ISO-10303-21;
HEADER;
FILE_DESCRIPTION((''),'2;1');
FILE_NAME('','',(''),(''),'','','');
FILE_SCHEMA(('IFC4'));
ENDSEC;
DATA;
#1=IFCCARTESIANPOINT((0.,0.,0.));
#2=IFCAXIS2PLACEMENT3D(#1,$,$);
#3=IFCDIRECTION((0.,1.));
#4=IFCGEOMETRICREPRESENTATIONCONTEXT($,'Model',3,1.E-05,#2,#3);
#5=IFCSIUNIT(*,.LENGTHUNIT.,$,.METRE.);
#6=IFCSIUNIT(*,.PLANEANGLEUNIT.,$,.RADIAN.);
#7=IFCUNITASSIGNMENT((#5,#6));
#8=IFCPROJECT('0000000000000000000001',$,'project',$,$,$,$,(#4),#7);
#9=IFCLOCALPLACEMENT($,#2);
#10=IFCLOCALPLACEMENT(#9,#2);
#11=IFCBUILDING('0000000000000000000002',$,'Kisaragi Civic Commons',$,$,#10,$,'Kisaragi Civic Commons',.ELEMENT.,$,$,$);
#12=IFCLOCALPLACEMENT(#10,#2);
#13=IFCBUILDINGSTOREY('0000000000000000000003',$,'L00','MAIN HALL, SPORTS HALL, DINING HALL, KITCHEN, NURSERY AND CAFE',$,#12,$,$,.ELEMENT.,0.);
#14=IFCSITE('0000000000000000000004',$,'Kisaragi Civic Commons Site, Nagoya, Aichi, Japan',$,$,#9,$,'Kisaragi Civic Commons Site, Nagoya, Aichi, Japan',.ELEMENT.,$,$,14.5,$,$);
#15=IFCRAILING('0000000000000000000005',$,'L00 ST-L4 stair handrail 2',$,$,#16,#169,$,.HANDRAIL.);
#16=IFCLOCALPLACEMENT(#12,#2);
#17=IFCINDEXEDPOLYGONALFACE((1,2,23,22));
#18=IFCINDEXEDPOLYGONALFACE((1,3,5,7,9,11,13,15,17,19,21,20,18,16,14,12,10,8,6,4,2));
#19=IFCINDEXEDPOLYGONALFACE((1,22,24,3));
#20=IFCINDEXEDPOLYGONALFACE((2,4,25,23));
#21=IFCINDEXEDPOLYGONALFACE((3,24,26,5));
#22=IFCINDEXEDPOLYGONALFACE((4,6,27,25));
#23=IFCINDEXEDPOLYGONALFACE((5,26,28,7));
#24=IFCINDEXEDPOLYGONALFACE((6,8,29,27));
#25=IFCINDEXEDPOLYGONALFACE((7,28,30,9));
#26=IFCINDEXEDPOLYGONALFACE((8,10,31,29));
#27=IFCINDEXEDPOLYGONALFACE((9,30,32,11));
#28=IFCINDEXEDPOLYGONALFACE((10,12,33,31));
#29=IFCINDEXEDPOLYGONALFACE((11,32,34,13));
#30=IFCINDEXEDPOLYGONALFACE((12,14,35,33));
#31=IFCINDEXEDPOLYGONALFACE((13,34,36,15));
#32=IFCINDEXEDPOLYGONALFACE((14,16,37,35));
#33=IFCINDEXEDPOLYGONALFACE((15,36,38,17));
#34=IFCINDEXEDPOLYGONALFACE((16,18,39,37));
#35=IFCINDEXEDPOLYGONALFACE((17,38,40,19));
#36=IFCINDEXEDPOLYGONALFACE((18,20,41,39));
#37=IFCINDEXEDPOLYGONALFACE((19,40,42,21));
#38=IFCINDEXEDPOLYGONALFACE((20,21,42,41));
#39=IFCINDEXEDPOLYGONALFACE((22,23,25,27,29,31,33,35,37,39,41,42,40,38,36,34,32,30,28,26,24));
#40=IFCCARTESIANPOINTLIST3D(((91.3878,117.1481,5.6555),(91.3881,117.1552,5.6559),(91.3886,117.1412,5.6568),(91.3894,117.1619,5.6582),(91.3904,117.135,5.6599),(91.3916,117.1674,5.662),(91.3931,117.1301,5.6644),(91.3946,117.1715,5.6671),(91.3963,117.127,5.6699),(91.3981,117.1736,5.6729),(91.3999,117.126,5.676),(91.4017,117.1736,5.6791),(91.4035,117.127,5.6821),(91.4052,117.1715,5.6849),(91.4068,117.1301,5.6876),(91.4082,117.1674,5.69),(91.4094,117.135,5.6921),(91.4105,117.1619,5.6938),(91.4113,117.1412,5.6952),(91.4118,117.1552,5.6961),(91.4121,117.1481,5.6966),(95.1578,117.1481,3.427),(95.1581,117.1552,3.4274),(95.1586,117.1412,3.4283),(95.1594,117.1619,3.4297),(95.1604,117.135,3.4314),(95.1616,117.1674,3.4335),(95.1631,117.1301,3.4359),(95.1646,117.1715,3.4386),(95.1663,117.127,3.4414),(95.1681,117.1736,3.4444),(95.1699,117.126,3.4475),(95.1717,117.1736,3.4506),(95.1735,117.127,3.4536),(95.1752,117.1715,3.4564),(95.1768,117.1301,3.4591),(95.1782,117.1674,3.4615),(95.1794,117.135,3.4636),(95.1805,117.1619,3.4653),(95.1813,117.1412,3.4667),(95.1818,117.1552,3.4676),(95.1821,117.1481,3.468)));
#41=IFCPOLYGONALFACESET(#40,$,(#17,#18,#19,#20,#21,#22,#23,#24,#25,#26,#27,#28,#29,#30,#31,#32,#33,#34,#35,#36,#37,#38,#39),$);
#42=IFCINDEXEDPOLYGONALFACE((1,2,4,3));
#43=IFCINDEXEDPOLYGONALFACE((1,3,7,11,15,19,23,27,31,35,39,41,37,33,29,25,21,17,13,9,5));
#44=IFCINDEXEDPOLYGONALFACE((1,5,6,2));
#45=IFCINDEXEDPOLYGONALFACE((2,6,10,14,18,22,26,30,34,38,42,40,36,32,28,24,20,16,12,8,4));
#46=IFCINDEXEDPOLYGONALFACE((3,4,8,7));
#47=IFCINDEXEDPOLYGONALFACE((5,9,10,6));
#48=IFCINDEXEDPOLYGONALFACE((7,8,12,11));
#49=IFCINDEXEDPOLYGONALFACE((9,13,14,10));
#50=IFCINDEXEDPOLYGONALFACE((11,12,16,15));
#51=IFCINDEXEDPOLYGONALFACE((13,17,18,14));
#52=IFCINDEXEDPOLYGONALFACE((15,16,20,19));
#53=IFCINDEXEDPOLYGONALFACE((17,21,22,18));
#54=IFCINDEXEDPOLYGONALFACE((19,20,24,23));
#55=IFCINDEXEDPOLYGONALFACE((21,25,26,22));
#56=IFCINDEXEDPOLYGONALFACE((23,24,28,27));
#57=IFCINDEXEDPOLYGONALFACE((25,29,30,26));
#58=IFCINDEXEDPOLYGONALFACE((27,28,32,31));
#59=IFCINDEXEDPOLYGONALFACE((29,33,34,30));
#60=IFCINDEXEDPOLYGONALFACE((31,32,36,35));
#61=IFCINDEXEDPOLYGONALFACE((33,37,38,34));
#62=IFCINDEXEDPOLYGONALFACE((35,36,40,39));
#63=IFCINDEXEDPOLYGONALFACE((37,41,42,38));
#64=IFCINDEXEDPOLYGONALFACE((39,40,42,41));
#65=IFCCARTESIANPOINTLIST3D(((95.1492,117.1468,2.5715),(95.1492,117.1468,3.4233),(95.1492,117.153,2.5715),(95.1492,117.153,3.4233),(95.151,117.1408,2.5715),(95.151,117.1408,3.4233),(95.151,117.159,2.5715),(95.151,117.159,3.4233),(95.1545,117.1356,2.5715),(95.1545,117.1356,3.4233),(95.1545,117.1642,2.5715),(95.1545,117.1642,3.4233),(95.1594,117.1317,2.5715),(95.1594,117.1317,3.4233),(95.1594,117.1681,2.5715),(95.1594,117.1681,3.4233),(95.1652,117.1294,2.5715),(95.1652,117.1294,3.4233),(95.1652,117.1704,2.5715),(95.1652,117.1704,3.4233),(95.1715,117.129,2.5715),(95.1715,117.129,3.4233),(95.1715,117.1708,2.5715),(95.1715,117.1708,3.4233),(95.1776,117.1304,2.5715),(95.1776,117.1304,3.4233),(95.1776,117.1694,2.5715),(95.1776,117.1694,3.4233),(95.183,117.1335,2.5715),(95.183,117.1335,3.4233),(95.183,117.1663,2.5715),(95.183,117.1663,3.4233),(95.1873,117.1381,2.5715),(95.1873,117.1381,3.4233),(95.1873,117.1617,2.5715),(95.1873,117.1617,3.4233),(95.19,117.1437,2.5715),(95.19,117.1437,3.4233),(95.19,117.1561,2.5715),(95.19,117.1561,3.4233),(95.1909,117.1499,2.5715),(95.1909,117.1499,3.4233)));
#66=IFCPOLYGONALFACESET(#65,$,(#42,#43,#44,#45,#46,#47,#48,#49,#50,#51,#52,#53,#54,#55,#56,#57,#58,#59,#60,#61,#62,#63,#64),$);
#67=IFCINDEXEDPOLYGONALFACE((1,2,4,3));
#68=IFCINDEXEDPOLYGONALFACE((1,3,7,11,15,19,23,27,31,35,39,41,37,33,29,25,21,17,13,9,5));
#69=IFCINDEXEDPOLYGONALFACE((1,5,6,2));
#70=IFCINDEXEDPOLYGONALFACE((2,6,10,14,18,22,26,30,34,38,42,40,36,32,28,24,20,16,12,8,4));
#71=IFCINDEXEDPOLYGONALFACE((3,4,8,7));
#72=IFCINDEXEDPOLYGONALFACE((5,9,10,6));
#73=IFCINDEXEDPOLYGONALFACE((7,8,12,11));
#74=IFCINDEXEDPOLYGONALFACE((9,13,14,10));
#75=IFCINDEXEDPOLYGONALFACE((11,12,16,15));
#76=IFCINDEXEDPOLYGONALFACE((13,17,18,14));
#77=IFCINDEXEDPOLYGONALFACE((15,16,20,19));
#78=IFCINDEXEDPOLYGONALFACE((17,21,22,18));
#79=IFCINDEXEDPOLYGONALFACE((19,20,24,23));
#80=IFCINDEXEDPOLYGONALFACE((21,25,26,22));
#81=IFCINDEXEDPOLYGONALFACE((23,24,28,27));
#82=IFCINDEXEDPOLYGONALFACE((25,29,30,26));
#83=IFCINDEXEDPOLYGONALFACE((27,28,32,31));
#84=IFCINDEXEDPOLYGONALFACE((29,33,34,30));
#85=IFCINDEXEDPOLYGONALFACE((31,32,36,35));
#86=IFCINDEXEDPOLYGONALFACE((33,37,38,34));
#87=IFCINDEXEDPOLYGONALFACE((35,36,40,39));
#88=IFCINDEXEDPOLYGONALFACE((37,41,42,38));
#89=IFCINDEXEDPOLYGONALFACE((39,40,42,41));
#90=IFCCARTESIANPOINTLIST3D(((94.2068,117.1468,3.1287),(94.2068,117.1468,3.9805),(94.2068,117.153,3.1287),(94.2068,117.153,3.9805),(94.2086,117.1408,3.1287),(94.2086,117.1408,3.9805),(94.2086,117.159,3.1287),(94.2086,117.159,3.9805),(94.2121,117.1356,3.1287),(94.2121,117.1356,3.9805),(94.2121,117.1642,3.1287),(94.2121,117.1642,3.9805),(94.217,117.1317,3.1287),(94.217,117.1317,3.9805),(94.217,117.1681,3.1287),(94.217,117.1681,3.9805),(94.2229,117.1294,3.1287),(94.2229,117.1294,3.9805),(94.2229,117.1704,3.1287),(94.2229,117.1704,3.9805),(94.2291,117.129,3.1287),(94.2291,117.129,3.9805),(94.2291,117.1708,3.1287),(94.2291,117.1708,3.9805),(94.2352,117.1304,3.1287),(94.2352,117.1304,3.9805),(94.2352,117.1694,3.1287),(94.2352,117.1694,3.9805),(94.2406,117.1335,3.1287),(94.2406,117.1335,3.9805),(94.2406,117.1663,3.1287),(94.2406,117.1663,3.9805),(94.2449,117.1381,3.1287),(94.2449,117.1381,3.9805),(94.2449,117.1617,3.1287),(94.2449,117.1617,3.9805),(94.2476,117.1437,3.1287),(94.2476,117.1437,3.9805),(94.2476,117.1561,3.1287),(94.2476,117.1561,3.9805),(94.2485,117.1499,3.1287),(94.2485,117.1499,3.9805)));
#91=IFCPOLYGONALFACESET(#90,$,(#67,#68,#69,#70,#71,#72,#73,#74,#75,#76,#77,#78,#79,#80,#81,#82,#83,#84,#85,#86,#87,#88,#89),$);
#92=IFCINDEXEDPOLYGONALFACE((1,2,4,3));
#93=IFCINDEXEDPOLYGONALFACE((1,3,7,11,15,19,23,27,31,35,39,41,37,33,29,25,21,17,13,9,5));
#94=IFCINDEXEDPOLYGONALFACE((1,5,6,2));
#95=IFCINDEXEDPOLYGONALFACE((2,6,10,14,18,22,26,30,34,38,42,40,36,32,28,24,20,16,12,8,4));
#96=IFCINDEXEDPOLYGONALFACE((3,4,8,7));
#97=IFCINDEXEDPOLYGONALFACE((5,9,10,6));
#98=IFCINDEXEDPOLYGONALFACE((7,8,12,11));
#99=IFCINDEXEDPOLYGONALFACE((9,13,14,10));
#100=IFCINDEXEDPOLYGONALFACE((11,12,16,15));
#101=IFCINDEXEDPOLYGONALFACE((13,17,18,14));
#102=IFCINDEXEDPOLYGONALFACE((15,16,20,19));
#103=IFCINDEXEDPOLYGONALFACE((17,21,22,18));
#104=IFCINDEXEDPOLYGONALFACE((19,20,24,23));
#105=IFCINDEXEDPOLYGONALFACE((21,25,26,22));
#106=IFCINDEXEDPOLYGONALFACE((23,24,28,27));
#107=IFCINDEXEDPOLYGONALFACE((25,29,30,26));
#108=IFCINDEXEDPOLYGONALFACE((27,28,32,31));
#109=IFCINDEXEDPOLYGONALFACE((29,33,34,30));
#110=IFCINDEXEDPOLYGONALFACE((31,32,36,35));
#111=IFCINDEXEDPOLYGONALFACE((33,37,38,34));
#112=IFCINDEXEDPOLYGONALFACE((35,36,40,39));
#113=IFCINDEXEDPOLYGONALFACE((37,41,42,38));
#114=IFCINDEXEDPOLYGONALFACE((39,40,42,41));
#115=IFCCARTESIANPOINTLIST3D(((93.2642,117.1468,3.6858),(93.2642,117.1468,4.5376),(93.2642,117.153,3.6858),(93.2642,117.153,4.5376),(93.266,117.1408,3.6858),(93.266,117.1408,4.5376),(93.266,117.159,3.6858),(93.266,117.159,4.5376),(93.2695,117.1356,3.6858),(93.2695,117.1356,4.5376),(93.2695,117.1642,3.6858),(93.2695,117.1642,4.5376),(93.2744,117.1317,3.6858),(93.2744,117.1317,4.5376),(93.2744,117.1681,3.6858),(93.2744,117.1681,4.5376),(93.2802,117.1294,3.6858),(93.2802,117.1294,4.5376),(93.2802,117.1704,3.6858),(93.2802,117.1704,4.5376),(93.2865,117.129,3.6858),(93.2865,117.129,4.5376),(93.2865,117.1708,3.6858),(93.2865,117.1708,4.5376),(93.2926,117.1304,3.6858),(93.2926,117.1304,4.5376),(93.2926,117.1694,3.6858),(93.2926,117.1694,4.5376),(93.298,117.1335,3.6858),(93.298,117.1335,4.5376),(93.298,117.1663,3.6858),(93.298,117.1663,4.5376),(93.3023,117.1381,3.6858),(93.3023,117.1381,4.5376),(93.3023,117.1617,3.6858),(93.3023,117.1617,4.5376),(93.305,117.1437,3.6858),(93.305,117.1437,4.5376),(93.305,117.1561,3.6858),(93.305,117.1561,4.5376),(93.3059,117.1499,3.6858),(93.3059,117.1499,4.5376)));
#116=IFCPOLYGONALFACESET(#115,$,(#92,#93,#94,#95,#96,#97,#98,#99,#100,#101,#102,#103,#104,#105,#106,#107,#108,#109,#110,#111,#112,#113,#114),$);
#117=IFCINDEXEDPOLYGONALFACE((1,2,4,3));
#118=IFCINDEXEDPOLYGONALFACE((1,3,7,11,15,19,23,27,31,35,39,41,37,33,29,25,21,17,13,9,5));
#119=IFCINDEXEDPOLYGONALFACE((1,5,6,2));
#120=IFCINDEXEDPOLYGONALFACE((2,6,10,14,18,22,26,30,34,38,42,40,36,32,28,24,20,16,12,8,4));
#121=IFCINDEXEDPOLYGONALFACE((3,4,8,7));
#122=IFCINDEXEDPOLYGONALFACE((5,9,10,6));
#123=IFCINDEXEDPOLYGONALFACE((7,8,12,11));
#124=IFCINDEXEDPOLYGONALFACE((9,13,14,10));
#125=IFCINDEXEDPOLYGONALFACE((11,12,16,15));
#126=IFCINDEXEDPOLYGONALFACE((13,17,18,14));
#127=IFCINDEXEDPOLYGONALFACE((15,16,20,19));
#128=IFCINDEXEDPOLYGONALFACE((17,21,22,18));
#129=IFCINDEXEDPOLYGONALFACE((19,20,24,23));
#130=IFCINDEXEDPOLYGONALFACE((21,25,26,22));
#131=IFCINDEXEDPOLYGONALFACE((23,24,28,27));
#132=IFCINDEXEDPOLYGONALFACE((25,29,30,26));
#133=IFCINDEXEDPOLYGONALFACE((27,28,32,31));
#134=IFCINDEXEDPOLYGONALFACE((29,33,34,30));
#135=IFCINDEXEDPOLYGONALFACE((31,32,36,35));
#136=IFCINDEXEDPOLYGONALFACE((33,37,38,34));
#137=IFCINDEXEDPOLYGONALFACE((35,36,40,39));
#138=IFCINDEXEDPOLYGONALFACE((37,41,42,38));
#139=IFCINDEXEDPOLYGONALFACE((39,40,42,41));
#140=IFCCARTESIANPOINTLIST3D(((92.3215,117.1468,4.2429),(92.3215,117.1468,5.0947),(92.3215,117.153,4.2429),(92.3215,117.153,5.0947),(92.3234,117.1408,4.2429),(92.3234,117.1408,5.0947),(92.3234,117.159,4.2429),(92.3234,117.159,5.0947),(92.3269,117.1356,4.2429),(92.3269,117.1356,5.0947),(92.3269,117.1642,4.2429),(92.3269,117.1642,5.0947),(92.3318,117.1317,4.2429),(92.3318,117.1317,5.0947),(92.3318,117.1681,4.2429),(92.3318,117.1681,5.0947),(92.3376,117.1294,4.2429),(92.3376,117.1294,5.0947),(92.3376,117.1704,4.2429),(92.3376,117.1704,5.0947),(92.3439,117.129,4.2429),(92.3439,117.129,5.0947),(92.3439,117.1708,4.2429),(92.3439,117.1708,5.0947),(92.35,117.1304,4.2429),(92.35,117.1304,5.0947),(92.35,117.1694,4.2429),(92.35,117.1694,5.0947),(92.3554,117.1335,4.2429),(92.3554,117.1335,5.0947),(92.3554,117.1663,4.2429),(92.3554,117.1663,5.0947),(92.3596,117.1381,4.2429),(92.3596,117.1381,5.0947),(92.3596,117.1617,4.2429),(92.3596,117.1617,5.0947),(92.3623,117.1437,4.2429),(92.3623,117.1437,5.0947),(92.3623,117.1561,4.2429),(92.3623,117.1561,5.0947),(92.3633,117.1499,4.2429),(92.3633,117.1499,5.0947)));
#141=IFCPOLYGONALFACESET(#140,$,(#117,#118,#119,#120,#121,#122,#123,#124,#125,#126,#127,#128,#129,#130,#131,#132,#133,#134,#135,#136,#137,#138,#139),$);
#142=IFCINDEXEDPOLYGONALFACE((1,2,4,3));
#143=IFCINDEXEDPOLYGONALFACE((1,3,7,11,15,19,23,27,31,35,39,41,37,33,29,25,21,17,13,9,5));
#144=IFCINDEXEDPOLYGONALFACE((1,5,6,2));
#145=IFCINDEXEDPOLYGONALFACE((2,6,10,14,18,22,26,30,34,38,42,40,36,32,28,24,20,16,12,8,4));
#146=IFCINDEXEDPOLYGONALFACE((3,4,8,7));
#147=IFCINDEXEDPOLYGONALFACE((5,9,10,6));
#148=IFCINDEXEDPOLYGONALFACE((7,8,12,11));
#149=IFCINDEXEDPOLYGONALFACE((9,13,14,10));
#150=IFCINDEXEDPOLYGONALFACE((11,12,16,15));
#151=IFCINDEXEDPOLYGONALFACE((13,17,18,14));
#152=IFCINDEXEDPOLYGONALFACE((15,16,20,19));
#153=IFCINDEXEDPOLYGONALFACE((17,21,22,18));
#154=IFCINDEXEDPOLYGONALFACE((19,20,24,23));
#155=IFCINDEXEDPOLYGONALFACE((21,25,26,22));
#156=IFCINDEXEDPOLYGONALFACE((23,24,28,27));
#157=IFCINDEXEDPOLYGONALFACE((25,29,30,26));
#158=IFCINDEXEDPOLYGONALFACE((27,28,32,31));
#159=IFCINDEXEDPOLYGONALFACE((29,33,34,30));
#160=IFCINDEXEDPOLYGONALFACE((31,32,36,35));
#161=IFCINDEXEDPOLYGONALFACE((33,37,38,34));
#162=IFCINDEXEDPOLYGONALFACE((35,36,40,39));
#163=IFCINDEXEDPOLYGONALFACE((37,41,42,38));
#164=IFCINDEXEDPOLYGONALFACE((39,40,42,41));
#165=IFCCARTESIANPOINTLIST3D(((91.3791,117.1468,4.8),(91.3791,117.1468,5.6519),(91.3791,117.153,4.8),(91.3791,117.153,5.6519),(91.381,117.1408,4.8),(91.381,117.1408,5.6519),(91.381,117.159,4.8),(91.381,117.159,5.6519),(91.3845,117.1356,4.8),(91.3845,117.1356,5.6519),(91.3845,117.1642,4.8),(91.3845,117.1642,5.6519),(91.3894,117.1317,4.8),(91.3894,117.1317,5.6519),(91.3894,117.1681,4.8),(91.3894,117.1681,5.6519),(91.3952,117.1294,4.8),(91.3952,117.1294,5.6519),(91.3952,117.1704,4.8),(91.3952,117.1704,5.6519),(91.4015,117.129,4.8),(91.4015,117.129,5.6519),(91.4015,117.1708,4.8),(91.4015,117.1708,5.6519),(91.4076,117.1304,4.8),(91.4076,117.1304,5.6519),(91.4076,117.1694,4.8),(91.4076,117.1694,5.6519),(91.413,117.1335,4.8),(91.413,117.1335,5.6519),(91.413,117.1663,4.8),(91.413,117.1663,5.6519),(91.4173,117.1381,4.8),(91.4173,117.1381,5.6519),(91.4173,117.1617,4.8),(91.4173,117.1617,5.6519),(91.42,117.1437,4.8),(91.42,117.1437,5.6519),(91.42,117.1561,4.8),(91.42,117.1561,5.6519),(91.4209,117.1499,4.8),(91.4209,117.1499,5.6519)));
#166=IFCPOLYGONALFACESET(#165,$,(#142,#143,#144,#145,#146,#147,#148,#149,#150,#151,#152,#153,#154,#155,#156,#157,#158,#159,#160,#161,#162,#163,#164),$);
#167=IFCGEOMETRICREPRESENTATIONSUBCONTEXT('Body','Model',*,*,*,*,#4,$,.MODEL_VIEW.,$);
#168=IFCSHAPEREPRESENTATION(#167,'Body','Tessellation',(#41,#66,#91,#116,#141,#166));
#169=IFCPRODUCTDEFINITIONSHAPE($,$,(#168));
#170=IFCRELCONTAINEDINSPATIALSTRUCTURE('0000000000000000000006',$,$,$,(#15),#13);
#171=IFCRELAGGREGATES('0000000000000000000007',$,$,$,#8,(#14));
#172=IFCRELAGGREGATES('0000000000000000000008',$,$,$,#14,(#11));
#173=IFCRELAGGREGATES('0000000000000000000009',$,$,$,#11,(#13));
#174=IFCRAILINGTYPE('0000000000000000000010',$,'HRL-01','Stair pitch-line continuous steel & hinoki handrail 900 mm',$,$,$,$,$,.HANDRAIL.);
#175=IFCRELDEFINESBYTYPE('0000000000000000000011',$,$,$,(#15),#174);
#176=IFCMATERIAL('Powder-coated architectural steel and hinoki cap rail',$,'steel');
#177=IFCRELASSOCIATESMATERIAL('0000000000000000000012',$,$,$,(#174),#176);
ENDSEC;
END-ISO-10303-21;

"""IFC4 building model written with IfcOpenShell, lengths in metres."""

from ifc_helpers import new_model, si_unit, direction, frame, origin, origin_2d, place, context, subcontext, project, spatial, circle, extrude, material, type_object, element, save


model = new_model("IFC4")

# Units and contexts
model_context = context("Model", 3, precision=1e-05, world=origin(), true_north=direction((0.0, 1.0)))
body_context = subcontext(model_context, "Body", "Model", "MODEL_VIEW")
ifc_project = project(units=[si_unit("LENGTHUNIT", "METRE"), si_unit("PLANEANGLEUNIT", "RADIAN")], contexts=[model_context])

# Site, building, storey
site_placement = place(None, origin())
site = spatial("IfcSite", under=ifc_project, at=site_placement, Name="Kisaragi Civic Commons Site, Nagoya, Aichi, Japan", LongName="Kisaragi Civic Commons Site, Nagoya, Aichi, Japan", CompositionType="ELEMENT", RefElevation=14.5)
building_placement = place(site_placement, origin())
building = spatial("IfcBuilding", under=site, at=building_placement, Name="Kisaragi Civic Commons", LongName="Kisaragi Civic Commons", CompositionType="ELEMENT")
storey_placement = place(building_placement, origin())
storey = spatial("IfcBuildingStorey", under=building, at=storey_placement, Name="L00", Description="MAIN HALL, SPORTS HALL, DINING HALL, KITCHEN, NURSERY AND CAFE", CompositionType="ELEMENT", Elevation=0.0)

# Railing
ifc_material_1 = material(Name="Powder-coated architectural steel and hinoki cap rail", Category="steel")
railing_type_1 = type_object("IfcRailingType", Name="HRL-01", Description="Stair pitch-line continuous steel & hinoki handrail 900 mm", PredefinedType="HANDRAIL", material=ifc_material_1)
railing_1_placement = place(storey_placement, frame((95.1699, 117.1499, 2.5715)))
element("IfcRailing", 1, at=railing_1_placement, inside=storey, type_object=railing_type_1, Name="L00 ST-L4 stair handrail 2", PredefinedType="HANDRAIL", context=body_context, shape_type="SweptSolid", body=[
    extrude(circle(Radius=0.0239, at=origin_2d()), frame((0.0, 0.0, 0.876), z_axis=(-0.860849, 0.0, 0.508861), x_axis=(0.0, -1.0, 0.0)), (0.0, 0.0, 1.0), 4.3794),
    extrude(circle(Radius=0.021, at=origin_2d()), origin(), (0.0, 0.0, 1.0), 0.8518),
    extrude(circle(Radius=0.021, at=origin_2d()), frame((-0.9424, 0.0, 0.5571)), (0.0, 0.0, 1.0), 0.8518),
    extrude(circle(Radius=0.021, at=origin_2d()), frame((-1.885, 0.0, 1.1143)), (0.0, 0.0, 1.0), 0.8518),
    extrude(circle(Radius=0.021, at=origin_2d()), frame((-2.8276, 0.0, 1.6714)), (0.0, 0.0, 1.0), 0.8518),
    extrude(circle(Radius=0.021, at=origin_2d()), frame((-3.77, 0.0, 2.2285)), (0.0, 0.0, 1.0), 0.8518),
])

save(model, "model.ifc")
